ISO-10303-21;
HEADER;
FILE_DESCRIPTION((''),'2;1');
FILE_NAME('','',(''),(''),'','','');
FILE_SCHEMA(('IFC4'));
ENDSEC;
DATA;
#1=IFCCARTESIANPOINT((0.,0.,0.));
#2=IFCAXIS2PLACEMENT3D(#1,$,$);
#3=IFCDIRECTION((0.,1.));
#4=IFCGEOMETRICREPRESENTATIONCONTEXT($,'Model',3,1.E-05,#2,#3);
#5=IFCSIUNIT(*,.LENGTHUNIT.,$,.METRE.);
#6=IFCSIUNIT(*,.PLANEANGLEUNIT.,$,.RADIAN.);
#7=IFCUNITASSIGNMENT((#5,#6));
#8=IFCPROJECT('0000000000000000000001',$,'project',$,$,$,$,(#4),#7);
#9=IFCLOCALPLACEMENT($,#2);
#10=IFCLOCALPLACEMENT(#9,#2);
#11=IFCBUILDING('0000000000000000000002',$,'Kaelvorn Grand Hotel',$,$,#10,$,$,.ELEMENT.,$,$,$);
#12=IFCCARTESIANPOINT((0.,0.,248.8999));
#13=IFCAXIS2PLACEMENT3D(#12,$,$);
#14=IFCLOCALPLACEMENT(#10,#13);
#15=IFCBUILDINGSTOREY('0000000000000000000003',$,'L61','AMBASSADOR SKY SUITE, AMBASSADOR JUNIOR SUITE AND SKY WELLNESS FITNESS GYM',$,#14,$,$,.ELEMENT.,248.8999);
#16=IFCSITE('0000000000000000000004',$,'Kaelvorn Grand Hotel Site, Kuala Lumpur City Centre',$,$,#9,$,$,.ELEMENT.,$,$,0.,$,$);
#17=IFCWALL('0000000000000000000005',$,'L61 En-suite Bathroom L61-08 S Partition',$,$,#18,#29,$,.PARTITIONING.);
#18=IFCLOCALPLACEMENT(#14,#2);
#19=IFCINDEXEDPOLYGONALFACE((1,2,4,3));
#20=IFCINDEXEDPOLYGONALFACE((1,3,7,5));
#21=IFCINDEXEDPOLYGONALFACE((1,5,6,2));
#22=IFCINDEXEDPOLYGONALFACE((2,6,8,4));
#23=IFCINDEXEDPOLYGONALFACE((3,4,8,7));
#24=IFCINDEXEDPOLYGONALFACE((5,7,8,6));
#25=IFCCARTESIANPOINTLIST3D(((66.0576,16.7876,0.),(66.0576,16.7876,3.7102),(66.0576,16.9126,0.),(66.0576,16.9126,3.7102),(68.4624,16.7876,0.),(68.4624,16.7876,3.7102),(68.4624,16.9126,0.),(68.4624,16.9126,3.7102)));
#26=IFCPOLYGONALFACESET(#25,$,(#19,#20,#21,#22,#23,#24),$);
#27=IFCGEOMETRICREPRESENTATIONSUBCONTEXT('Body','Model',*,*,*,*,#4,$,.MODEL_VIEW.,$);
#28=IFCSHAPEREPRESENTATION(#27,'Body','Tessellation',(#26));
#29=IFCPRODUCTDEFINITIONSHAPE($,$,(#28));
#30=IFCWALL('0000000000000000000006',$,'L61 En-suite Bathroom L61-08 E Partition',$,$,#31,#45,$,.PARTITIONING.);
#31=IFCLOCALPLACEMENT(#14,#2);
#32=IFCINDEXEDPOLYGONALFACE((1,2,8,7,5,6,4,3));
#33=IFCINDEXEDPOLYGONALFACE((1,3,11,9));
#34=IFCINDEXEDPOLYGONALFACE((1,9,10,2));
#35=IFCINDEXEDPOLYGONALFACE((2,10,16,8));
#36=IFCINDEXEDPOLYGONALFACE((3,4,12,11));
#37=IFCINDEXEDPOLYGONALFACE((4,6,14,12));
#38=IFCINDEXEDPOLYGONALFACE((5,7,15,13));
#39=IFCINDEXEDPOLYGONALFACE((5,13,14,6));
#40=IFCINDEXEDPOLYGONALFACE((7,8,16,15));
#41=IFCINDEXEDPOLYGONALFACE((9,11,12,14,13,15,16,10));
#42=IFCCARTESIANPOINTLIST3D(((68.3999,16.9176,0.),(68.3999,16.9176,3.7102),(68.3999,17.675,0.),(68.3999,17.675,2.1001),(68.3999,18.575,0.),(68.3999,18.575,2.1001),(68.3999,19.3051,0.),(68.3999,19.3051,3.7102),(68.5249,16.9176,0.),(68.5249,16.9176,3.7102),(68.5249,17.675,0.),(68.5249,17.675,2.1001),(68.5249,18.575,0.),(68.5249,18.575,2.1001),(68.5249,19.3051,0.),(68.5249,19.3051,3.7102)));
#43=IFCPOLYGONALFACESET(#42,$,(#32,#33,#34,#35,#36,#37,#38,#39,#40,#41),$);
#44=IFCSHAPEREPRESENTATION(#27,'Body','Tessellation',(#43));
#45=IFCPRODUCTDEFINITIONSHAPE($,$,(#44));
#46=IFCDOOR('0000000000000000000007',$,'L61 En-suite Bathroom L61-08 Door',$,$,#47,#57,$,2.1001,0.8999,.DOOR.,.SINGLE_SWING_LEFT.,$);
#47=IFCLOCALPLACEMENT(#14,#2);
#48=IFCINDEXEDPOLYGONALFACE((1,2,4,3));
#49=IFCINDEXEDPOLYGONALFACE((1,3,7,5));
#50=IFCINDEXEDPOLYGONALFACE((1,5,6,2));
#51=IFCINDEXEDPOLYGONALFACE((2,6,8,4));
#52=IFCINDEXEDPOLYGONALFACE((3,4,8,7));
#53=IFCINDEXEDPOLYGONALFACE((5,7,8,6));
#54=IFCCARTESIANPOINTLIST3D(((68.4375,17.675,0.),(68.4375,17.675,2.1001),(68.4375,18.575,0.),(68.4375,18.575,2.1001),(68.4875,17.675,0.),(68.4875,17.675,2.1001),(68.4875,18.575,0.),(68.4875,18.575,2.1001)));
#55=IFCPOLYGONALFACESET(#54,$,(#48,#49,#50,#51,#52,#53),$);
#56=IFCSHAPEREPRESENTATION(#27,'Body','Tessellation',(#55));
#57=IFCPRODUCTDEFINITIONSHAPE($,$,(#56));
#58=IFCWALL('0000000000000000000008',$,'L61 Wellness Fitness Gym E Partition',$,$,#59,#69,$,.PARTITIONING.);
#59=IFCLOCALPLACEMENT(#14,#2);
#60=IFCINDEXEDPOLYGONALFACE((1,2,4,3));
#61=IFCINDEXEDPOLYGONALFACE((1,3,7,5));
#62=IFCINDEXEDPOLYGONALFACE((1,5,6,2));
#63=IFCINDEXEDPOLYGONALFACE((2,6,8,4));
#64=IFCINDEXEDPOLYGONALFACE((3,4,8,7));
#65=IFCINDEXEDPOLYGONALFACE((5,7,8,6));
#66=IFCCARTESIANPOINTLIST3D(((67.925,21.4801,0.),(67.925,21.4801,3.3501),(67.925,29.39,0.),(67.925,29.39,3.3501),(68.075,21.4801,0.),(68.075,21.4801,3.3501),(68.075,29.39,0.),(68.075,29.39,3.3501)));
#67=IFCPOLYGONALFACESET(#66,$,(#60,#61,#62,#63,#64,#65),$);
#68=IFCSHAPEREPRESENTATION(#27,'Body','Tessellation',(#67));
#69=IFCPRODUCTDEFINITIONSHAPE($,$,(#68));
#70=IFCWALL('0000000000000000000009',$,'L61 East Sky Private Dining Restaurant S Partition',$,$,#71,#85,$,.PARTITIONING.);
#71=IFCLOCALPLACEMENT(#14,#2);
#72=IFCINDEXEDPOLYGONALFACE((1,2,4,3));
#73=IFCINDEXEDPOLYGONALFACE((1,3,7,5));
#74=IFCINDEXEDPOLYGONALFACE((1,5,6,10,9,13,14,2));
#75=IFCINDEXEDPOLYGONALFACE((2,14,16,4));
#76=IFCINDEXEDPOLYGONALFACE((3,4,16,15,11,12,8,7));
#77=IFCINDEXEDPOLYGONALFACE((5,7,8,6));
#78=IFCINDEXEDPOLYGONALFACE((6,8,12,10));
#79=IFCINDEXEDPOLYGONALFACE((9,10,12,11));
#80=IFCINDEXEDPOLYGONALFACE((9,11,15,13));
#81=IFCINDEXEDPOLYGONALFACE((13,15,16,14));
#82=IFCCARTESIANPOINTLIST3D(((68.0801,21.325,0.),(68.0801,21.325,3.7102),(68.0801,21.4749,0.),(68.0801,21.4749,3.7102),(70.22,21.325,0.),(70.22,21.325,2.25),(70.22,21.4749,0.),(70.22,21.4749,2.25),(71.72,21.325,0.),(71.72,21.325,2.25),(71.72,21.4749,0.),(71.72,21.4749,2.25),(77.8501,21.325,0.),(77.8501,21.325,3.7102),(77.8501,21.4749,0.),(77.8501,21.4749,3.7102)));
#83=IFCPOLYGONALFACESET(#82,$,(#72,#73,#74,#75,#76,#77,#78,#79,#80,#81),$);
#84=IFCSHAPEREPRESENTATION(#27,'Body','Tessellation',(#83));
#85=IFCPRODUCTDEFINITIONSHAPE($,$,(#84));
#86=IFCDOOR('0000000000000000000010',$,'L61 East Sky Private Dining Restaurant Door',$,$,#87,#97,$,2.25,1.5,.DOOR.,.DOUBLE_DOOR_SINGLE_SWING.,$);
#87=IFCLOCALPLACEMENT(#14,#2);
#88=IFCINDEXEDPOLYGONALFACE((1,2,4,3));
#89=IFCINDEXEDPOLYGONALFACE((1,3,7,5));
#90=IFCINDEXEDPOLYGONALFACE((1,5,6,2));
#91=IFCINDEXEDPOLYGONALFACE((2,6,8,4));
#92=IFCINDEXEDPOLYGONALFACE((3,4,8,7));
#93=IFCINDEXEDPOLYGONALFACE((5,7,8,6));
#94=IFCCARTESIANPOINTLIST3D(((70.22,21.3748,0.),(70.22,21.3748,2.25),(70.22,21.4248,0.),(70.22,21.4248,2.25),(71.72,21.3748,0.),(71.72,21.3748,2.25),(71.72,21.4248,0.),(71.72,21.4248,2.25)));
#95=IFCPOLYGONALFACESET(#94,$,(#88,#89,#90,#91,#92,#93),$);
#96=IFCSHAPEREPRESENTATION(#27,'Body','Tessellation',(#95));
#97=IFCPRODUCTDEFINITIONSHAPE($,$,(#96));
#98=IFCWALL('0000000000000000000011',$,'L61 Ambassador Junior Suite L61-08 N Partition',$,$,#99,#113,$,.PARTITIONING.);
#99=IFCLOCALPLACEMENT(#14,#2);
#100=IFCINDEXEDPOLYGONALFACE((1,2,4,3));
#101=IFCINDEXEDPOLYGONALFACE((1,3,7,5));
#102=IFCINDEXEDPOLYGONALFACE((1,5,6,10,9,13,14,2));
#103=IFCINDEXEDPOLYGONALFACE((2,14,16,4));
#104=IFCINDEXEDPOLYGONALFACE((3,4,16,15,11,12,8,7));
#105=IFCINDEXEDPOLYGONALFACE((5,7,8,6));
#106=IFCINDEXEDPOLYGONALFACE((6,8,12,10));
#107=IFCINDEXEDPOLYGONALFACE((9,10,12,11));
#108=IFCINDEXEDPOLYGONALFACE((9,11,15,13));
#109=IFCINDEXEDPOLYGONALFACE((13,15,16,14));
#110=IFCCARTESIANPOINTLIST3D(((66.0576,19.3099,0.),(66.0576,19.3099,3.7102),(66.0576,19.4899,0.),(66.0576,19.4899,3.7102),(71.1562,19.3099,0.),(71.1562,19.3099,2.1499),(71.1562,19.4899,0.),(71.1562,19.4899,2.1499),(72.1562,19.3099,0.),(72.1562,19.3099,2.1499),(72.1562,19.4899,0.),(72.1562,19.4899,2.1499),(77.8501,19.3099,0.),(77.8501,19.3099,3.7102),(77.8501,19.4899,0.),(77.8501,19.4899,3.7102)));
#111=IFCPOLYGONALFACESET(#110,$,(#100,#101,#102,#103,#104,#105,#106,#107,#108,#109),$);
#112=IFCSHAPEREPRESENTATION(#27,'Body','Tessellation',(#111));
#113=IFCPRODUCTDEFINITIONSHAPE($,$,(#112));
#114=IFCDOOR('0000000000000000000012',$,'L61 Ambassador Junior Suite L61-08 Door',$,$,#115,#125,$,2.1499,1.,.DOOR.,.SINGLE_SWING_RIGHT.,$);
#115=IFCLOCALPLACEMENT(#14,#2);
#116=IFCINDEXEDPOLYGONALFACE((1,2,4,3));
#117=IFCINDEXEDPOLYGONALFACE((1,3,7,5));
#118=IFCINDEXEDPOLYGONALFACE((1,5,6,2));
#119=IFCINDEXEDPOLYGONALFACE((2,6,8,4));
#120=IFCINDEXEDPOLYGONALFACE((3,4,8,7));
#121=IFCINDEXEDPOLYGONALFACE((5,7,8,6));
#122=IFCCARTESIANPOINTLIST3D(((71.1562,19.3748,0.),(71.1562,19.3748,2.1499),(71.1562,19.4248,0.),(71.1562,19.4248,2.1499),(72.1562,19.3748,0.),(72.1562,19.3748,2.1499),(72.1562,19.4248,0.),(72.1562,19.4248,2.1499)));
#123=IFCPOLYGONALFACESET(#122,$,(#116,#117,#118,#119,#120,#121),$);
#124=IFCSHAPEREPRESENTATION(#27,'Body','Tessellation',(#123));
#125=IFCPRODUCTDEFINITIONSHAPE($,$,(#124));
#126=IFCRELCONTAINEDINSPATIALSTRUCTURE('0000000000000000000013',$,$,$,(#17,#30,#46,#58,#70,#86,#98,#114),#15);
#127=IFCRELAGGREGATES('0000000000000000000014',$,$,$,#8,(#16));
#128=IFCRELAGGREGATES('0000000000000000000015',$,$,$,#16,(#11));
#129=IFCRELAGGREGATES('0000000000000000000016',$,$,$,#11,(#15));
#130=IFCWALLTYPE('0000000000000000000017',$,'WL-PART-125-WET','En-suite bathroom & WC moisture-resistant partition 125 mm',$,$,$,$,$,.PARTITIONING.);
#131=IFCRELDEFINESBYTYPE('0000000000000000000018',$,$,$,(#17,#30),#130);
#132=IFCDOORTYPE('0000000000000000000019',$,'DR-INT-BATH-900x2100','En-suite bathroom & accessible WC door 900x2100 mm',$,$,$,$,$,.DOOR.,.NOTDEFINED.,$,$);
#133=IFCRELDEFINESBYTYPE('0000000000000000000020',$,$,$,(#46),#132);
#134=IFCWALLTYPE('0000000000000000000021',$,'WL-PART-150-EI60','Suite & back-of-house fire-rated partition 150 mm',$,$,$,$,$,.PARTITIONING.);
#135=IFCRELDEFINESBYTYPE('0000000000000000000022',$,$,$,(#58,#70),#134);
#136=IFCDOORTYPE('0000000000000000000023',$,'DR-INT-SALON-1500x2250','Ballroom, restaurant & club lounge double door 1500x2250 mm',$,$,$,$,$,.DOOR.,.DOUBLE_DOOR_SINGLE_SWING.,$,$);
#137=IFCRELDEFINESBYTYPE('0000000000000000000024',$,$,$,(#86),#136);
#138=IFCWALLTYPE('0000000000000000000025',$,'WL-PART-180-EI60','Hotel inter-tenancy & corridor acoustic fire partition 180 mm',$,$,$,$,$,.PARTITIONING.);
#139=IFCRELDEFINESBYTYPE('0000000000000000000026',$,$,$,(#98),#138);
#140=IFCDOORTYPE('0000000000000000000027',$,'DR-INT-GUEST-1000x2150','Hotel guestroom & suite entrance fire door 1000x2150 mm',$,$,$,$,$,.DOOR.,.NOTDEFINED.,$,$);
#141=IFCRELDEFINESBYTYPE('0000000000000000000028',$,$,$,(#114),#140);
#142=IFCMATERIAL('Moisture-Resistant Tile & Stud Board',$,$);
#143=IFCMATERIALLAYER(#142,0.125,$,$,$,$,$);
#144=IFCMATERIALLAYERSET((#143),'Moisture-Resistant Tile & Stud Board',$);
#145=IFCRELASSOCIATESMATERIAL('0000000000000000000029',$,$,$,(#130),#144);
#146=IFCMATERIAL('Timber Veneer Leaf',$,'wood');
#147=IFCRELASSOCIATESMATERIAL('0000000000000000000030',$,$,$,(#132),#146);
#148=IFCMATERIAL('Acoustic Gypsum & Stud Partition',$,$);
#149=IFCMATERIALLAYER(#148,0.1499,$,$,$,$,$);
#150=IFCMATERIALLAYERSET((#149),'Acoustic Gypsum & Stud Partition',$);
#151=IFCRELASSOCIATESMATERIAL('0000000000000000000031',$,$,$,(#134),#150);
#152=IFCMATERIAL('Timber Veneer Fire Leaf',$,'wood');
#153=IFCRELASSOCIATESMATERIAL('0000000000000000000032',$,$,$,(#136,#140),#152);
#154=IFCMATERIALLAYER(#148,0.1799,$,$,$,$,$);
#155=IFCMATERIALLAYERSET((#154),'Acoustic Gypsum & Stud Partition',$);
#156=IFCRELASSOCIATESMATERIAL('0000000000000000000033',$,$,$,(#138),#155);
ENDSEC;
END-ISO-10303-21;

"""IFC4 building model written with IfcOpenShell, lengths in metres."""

from ifc_helpers import new_model, si_unit, direction, frame, frame_2d, origin, place, context, subcontext, project, spatial, rectangle, extrude, material, layer, layer_set, type_object, element, fill, save


model = new_model("IFC4")

# Units and contexts
model_context = context("Model", 3, precision=1e-05, world=origin(), true_north=direction((0.0, 1.0)))
body_context = subcontext(model_context, "Body", "Model", "MODEL_VIEW")
ifc_project = project(units=[si_unit("LENGTHUNIT", "METRE"), si_unit("PLANEANGLEUNIT", "RADIAN")], contexts=[model_context])

# Site, building, storey
site_placement = place(None, origin())
site = spatial("IfcSite", under=ifc_project, at=site_placement, Name="Kaelvorn Grand Hotel Site, Kuala Lumpur City Centre", CompositionType="ELEMENT", RefElevation=0.0)
building_placement = place(site_placement, origin())
building = spatial("IfcBuilding", under=site, at=building_placement, Name="Kaelvorn Grand Hotel", CompositionType="ELEMENT")
storey_placement = place(building_placement, frame((0.0, 0.0, 248.8999)))
storey = spatial("IfcBuildingStorey", under=building, at=storey_placement, Name="L61", Description="AMBASSADOR SKY SUITE, AMBASSADOR JUNIOR SUITE AND SKY WELLNESS FITNESS GYM", CompositionType="ELEMENT", Elevation=248.8999)

# Wall
ifc_material_1 = material(Name="Moisture-Resistant Tile & Stud Board")
ifc_layer_1 = layer(ifc_material_1, 0.125)
ifc_layer_set_1 = layer_set([ifc_layer_1], Name="Moisture-Resistant Tile & Stud Board")
wall_type_1 = type_object("IfcWallType", Name="WL-PART-125-WET", Description="En-suite bathroom & WC moisture-resistant partition 125 mm", PredefinedType="PARTITIONING", material=ifc_layer_set_1)
wall_1_placement = place(storey_placement, frame((66.0576, 16.8501, 0.0), z_axis=(0.0, 0.0, 1.0), x_axis=(1.0, 0.0, 0.0)))
element("IfcWall", 1, at=wall_1_placement, inside=storey, type_object=wall_type_1, Name="L61 En-suite Bathroom L61-08 S Partition", PredefinedType="PARTITIONING", context=body_context, shape_type="SweptSolid", body=[
    extrude(rectangle(XDim=2.4048, YDim=0.125, at=frame_2d((1.2024, 0.0))), origin(), (0.0, 0.0, 1.0), 3.7102),
])

# Wall, opening, door
wall_2_placement = place(storey_placement, frame((68.4624, 16.9175, 0.0), z_axis=(0.0, 0.0, 1.0), x_axis=(0.0, 1.0, 0.0)))
wall_2 = element("IfcWall", 2, at=wall_2_placement, inside=storey, type_object=wall_type_1, Name="L61 En-suite Bathroom L61-08 E Partition", PredefinedType="PARTITIONING", context=body_context, shape_type="SweptSolid", body=[
    extrude(rectangle(XDim=2.3875, YDim=0.125, at=frame_2d((1.1938, 0.0))), origin(), (0.0, 0.0, 1.0), 3.7102),
])
opening_1_placement = place(wall_2_placement, frame((0.7576, 0.0, 0.0)))
opening_1 = element("IfcOpeningElement", 3, at=opening_1_placement, cuts=wall_2, PredefinedType="OPENING", context=body_context, shape_type="SweptSolid", body=[
    extrude(rectangle(XDim=0.8999, YDim=2.1001, at=frame_2d((0.45, 1.05))), frame((0.0, 0.0725, 0.0), z_axis=(0.0, -1.0, 0.0), x_axis=(1.0, 0.0, 0.0)), (0.0, 0.0, 1.0), 0.145),
])
ifc_material_2 = material(Name="Timber Veneer Leaf", Category="wood")
door_type_1 = type_object("IfcDoorType", Name="DR-INT-BATH-900x2100", Description="En-suite bathroom & accessible WC door 900x2100 mm", OperationType="NOTDEFINED", PredefinedType="DOOR", material=ifc_material_2)
door_1_placement = place(opening_1_placement, origin())
door_1 = element("IfcDoor", 4, at=door_1_placement, inside=storey, type_object=door_type_1, Name="L61 En-suite Bathroom L61-08 Door", OperationType="SINGLE_SWING_LEFT", OverallHeight=2.1001, OverallWidth=0.8999, PredefinedType="DOOR", context=body_context, shape_type="SweptSolid", body=[
    extrude(rectangle(XDim=0.8999, YDim=2.1001, at=frame_2d((0.45, 1.05))), frame((0.0, 0.0249, 0.0), z_axis=(0.0, -1.0, 0.0), x_axis=(1.0, 0.0, 0.0)), (0.0, 0.0, 1.0), 0.05),
])
fill(opening_1, door_1)

# Wall
ifc_material_3 = material(Name="Acoustic Gypsum & Stud Partition")
ifc_layer_2 = layer(ifc_material_3, 0.1499)
ifc_layer_set_2 = layer_set([ifc_layer_2], Name="Acoustic Gypsum & Stud Partition")
wall_type_2 = type_object("IfcWallType", Name="WL-PART-150-EI60", Description="Suite & back-of-house fire-rated partition 150 mm", PredefinedType="PARTITIONING", material=ifc_layer_set_2)
wall_3_placement = place(storey_placement, frame((68.0, 21.48, 0.0), z_axis=(0.0, 0.0, 1.0), x_axis=(0.0, 1.0, 0.0)))
element("IfcWall", 5, at=wall_3_placement, inside=storey, type_object=wall_type_2, Name="L61 Wellness Fitness Gym E Partition", PredefinedType="PARTITIONING", context=body_context, shape_type="SweptSolid", body=[
    extrude(rectangle(XDim=7.9099, YDim=0.1499, at=frame_2d((3.9551, 0.0))), origin(), (0.0, 0.0, 1.0), 3.3501),
])

# Walls, openings, doors
wall_4_placement = place(storey_placement, frame((68.0801, 21.3999, 0.0), z_axis=(0.0, 0.0, 1.0), x_axis=(1.0, 0.0, 0.0)))
wall_4 = element("IfcWall", 6, at=wall_4_placement, inside=storey, type_object=wall_type_2, Name="L61 East Sky Private Dining Restaurant S Partition", PredefinedType="PARTITIONING", context=body_context, shape_type="SweptSolid", body=[
    extrude(rectangle(XDim=9.77, YDim=0.1499, at=frame_2d((4.885, 0.0))), origin(), (0.0, 0.0, 1.0), 3.7102),
])
opening_2_placement = place(wall_4_placement, frame((2.1399, 0.0, 0.0)))
opening_2 = element("IfcOpeningElement", 7, at=opening_2_placement, cuts=wall_4, PredefinedType="OPENING", context=body_context, shape_type="SweptSolid", body=[
    extrude(rectangle(XDim=1.5, YDim=2.25, at=frame_2d((0.75, 1.125))), frame((0.0, 0.085, 0.0), z_axis=(0.0, -1.0, 0.0), x_axis=(1.0, 0.0, 0.0)), (0.0, 0.0, 1.0), 0.1699),
])
ifc_material_4 = material(Name="Timber Veneer Fire Leaf", Category="wood")
door_type_2 = type_object("IfcDoorType", Name="DR-INT-SALON-1500x2250", Description="Ballroom, restaurant & club lounge double door 1500x2250 mm", OperationType="DOUBLE_DOOR_SINGLE_SWING", PredefinedType="DOOR", material=ifc_material_4)
door_2_placement = place(opening_2_placement, origin())
door_2 = element("IfcDoor", 8, at=door_2_placement, inside=storey, type_object=door_type_2, Name="L61 East Sky Private Dining Restaurant Door", OperationType="DOUBLE_DOOR_SINGLE_SWING", OverallHeight=2.25, OverallWidth=1.5, PredefinedType="DOOR", context=body_context, shape_type="SweptSolid", body=[
    extrude(rectangle(XDim=1.5, YDim=2.25, at=frame_2d((0.75, 1.125))), frame((0.0, 0.0249, 0.0), z_axis=(0.0, -1.0, 0.0), x_axis=(1.0, 0.0, 0.0)), (0.0, 0.0, 1.0), 0.05),
])
fill(opening_2, door_2)
ifc_layer_3 = layer(ifc_material_3, 0.1799)
ifc_layer_set_3 = layer_set([ifc_layer_3], Name="Acoustic Gypsum & Stud Partition")
wall_type_3 = type_object("IfcWallType", Name="WL-PART-180-EI60", Description="Hotel inter-tenancy & corridor acoustic fire partition 180 mm", PredefinedType="PARTITIONING", material=ifc_layer_set_3)
wall_5_placement = place(storey_placement, frame((66.0576, 19.3999, 0.0), z_axis=(0.0, 0.0, 1.0), x_axis=(1.0, 0.0, 0.0)))
wall_5 = element("IfcWall", 9, at=wall_5_placement, inside=storey, type_object=wall_type_3, Name="L61 Ambassador Junior Suite L61-08 N Partition", PredefinedType="PARTITIONING", context=body_context, shape_type="SweptSolid", body=[
    extrude(rectangle(XDim=11.7925, YDim=0.1799, at=frame_2d((5.8962, 0.0))), origin(), (0.0, 0.0, 1.0), 3.7102),
])
opening_3_placement = place(wall_5_placement, frame((5.0986, 0.0, 0.0)))
opening_3 = element("IfcOpeningElement", 10, at=opening_3_placement, cuts=wall_5, PredefinedType="OPENING", context=body_context, shape_type="SweptSolid", body=[
    extrude(rectangle(XDim=1.0, YDim=2.1499, at=frame_2d((0.5, 1.075))), frame((0.0, 0.1001, 0.0), z_axis=(0.0, -1.0, 0.0), x_axis=(1.0, 0.0, 0.0)), (0.0, 0.0, 1.0), 0.2),
])
door_type_3 = type_object("IfcDoorType", Name="DR-INT-GUEST-1000x2150", Description="Hotel guestroom & suite entrance fire door 1000x2150 mm", OperationType="NOTDEFINED", PredefinedType="DOOR", material=ifc_material_4)
door_3_placement = place(opening_3_placement, origin())
door_3 = element("IfcDoor", 11, at=door_3_placement, inside=storey, type_object=door_type_3, Name="L61 Ambassador Junior Suite L61-08 Door", OperationType="SINGLE_SWING_RIGHT", OverallHeight=2.1499, OverallWidth=1.0, PredefinedType="DOOR", context=body_context, shape_type="SweptSolid", body=[
    extrude(rectangle(XDim=1.0, YDim=2.1499, at=frame_2d((0.5, 1.075))), frame((0.0, 0.0249, 0.0), z_axis=(0.0, -1.0, 0.0), x_axis=(1.0, 0.0, 0.0)), (0.0, 0.0, 1.0), 0.05),
])
fill(opening_3, door_3)

save(model, "model.ifc")
